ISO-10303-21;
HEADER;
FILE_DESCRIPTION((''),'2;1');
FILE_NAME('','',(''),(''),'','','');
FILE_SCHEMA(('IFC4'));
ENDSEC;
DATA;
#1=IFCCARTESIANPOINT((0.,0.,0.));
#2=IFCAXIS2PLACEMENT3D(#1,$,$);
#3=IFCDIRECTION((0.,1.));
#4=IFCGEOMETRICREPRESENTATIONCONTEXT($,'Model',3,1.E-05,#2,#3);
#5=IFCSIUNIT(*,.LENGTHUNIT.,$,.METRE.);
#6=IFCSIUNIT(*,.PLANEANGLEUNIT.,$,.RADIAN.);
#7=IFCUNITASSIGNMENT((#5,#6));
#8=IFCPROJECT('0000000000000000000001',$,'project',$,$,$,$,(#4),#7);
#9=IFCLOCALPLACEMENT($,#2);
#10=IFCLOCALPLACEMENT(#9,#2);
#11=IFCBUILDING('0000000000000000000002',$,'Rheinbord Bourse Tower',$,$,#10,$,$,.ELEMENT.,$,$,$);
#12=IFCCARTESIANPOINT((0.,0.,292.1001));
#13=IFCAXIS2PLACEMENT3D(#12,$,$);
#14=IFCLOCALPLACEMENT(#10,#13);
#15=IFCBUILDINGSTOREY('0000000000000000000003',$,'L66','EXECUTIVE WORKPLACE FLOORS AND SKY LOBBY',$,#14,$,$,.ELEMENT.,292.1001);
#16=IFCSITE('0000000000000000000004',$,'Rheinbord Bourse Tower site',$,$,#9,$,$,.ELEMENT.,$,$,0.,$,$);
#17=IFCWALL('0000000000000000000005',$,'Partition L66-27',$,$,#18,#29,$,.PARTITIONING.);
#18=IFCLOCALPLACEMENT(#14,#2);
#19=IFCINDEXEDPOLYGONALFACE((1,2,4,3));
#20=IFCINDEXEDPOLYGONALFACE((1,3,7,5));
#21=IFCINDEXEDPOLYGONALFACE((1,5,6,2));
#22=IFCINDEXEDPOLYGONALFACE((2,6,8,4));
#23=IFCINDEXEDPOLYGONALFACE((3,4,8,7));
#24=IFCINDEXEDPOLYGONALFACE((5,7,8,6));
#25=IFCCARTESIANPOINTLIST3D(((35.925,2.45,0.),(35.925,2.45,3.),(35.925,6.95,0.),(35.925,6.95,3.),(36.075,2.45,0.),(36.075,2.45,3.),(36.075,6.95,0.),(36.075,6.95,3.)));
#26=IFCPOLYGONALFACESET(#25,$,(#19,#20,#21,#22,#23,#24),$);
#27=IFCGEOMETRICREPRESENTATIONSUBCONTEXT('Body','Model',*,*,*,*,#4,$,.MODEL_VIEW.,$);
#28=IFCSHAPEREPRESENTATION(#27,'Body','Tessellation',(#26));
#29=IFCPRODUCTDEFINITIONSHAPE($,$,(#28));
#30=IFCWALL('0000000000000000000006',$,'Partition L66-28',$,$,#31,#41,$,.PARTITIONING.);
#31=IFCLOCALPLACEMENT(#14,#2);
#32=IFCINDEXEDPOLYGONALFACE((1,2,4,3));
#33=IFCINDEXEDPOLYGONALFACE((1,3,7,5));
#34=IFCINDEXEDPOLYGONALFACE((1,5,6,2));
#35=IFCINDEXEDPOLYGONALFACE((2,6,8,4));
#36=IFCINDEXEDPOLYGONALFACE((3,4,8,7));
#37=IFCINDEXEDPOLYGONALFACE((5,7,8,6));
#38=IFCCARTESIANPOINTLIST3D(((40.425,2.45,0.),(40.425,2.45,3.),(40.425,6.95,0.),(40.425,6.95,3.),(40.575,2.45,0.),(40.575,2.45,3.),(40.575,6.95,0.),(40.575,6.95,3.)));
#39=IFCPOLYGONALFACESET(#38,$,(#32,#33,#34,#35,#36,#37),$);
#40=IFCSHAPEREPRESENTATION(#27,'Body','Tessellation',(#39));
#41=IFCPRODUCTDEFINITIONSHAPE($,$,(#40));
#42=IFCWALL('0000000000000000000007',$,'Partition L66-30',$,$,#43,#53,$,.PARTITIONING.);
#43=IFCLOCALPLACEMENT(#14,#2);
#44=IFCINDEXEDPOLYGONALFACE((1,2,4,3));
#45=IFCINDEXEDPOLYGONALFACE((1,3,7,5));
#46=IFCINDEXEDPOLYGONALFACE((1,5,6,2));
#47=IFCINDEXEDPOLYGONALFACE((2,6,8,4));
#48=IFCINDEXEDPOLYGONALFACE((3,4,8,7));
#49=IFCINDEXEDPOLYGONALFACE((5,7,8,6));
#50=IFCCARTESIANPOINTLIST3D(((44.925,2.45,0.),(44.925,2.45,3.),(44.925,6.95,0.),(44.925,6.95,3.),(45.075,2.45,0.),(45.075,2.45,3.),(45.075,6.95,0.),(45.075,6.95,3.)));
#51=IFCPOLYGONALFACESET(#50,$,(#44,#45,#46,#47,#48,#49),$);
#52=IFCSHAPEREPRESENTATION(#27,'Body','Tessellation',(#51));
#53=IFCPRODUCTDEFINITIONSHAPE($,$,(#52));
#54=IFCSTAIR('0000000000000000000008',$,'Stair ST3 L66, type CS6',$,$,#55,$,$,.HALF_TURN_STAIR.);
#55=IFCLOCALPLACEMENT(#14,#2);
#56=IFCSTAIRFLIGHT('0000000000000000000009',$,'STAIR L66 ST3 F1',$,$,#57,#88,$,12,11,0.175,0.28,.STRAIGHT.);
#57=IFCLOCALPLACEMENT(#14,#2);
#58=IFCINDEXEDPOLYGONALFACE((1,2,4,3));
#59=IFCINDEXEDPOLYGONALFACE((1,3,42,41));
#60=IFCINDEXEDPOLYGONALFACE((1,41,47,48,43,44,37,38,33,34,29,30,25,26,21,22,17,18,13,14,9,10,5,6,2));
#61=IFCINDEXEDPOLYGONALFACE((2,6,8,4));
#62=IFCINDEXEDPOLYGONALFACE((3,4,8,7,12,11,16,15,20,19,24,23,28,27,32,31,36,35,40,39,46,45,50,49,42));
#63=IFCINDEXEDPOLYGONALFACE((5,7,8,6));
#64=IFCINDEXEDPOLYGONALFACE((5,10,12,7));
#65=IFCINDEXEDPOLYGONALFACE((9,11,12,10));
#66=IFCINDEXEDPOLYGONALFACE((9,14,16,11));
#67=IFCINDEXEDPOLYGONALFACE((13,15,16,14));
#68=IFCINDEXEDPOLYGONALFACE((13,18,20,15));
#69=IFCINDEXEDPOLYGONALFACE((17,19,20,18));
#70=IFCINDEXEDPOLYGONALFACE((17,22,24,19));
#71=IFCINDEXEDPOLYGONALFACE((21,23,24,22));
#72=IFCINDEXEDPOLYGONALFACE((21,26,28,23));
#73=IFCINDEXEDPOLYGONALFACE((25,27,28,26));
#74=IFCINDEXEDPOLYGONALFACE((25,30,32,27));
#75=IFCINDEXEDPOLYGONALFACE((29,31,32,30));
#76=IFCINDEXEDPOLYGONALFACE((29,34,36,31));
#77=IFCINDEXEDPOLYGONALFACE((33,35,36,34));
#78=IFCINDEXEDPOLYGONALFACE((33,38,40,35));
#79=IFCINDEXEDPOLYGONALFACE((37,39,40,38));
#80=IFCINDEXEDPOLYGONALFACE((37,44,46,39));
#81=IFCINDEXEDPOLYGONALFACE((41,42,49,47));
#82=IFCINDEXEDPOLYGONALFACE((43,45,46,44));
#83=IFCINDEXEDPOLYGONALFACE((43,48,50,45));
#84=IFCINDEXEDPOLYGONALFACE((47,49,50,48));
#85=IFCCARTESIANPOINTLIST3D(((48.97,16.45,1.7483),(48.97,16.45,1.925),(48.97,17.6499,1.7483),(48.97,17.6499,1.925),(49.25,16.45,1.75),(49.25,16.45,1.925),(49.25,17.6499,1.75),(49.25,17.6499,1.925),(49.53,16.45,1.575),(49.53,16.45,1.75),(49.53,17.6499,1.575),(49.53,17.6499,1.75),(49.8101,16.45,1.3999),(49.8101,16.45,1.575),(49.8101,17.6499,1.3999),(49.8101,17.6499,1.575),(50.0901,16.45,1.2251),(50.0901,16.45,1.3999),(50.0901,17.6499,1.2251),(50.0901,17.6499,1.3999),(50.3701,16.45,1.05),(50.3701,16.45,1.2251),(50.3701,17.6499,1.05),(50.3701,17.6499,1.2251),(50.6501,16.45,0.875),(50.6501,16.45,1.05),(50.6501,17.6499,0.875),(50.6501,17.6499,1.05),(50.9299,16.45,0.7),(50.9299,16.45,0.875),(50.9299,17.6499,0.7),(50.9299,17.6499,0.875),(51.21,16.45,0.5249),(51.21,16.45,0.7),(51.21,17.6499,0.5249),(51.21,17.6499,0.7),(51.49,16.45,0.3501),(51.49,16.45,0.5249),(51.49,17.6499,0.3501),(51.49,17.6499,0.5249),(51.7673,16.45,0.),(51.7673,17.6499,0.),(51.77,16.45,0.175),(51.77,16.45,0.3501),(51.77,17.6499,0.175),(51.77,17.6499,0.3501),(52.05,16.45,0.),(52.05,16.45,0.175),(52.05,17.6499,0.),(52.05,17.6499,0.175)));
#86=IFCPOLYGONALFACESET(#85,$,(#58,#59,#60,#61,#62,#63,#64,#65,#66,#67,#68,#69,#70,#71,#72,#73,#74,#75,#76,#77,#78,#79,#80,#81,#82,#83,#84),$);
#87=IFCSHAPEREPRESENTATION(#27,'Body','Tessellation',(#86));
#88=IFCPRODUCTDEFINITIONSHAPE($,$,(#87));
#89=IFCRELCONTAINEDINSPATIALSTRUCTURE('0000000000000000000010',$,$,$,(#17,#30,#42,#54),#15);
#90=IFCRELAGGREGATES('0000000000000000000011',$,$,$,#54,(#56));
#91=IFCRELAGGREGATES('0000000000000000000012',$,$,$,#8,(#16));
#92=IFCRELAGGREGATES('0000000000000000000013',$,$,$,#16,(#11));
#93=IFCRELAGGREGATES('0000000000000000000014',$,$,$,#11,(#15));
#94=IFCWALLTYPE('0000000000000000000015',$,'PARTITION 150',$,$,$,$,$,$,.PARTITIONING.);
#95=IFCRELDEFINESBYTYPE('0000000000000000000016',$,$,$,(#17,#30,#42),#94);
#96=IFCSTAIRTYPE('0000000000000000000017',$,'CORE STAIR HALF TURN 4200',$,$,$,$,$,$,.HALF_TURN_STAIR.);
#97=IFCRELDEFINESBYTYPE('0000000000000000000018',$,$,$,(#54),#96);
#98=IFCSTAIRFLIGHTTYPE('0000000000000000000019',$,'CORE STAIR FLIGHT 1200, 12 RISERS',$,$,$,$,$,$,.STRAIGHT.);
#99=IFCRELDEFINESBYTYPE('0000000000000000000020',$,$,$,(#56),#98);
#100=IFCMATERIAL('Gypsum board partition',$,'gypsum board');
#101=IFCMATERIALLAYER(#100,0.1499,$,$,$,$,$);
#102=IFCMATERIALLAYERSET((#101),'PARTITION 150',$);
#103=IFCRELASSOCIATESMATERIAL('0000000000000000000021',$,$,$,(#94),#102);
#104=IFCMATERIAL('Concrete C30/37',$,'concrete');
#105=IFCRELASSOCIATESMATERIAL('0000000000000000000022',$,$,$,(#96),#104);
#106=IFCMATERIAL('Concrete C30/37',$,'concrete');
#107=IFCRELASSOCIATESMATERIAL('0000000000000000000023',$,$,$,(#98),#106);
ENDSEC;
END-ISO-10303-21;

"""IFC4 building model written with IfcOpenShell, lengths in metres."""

from ifc_helpers import new_model, si_unit, direction, frame, frame_2d, origin, place, context, subcontext, project, spatial, polyline, rectangle, outline, extrude, material, layer, layer_set, type_object, element, aggregate, save


model = new_model("IFC4")

# Units and contexts
model_context = context("Model", 3, precision=1e-05, world=origin(), true_north=direction((0.0, 1.0)))
body_context = subcontext(model_context, "Body", "Model", "MODEL_VIEW")
ifc_project = project(units=[si_unit("LENGTHUNIT", "METRE"), si_unit("PLANEANGLEUNIT", "RADIAN")], contexts=[model_context])

# Site, building, storey
site_placement = place(None, origin())
site = spatial("IfcSite", under=ifc_project, at=site_placement, Name="Rheinbord Bourse Tower site", CompositionType="ELEMENT", RefElevation=0.0)
building_placement = place(site_placement, origin())
building = spatial("IfcBuilding", under=site, at=building_placement, Name="Rheinbord Bourse Tower", CompositionType="ELEMENT")
storey_placement = place(building_placement, frame((0.0, 0.0, 292.1001)))
storey = spatial("IfcBuildingStorey", under=building, at=storey_placement, Name="L66", Description="EXECUTIVE WORKPLACE FLOORS AND SKY LOBBY", CompositionType="ELEMENT", Elevation=292.1001)

# Walls
ifc_material_1 = material(Name="Gypsum board partition", Category="gypsum board")
ifc_layer_1 = layer(ifc_material_1, 0.1499)
ifc_layer_set_1 = layer_set([ifc_layer_1], Name="PARTITION 150")
wall_type_1 = type_object("IfcWallType", Name="PARTITION 150", PredefinedType="PARTITIONING", material=ifc_layer_set_1)
for number, where, z_axis, x_axis, name in (
    (1, (36.0, 2.45, 0.0), (0.0, 0.0, 1.0), (0.0, 1.0, 0.0), "Partition L66-27"),
    (2, (40.5, 2.45, 0.0), (0.0, 0.0, 1.0), (0.0, 1.0, 0.0), "Partition L66-28"),
    (3, (45.0, 2.45, 0.0), (0.0, 0.0, 1.0), (0.0, 1.0, 0.0), "Partition L66-30"),
):
    element("IfcWall", number, at=place(storey_placement, frame(where, z_axis=z_axis, x_axis=x_axis)), inside=storey, type_object=wall_type_1, Name=name, PredefinedType="PARTITIONING", context=body_context, shape_type="SweptSolid", body=[
        extrude(rectangle(XDim=4.5, YDim=0.1499, at=frame_2d((2.25, 0.0))), origin(), (0.0, 0.0, 1.0), 3.0),
    ])

# Stair, stair flight
ifc_material_2 = material(Name="Concrete C30/37", Category="concrete")
stair_type = type_object("IfcStairType", Name="CORE STAIR HALF TURN 4200", PredefinedType="HALF_TURN_STAIR", material=ifc_material_2)
stair_placement = place(storey_placement, origin())
stair = element("IfcStair", 4, at=stair_placement, inside=storey, type_object=stair_type, Name="Stair ST3 L66, type CS6", PredefinedType="HALF_TURN_STAIR")
ifc_material_3 = material(Name="Concrete C30/37", Category="concrete")
stair_flight_type = type_object("IfcStairFlightType", Name="CORE STAIR FLIGHT 1200, 12 RISERS", PredefinedType="STRAIGHT", material=ifc_material_3)
stair_flight_placement = place(storey_placement, frame((52.05, 17.05, 0.0), z_axis=(0.0, 0.0, 1.0), x_axis=(-1.0, 0.0, 0.0)))
stair_flight = element("IfcStairFlight", 5, at=stair_flight_placement, type_object=stair_flight_type, Name="STAIR L66 ST3 F1", NumberOfRisers=12, NumberOfTreads=11, PredefinedType="STRAIGHT", RiserHeight=0.175, TreadLength=0.28, context=body_context, shape_type="SweptSolid", body=[
    extrude(outline(polyline([(0.0, 0.0), (0.0, 0.175), (0.28, 0.175), (0.28, 0.3501), (0.5601, 0.3501), (0.5601, 0.5249), (0.8401, 0.5249), (0.8401, 0.7), (1.1201, 0.7), (1.1201, 0.875), (1.3999, 0.875), (1.3999, 1.05), (1.6799, 1.05), (1.6799, 1.2251), (1.96, 1.2251), (1.96, 1.3999), (2.24, 1.3999), (2.24, 1.575), (2.52, 1.575), (2.52, 1.75), (2.8, 1.75), (2.8, 1.925), (3.0801, 1.925), (3.0801, 2.1001), (3.0801, 1.7483), (0.2827, 0.0), (0.0, 0.0)])), frame((0.0, 0.6001, 0.0), z_axis=(0.0, -1.0, 0.0), x_axis=(1.0, 0.0, 0.0)), (0.0, 0.0, 1.0), 1.2),
])
aggregate(stair, [stair_flight])

save(model, "model.ifc")
